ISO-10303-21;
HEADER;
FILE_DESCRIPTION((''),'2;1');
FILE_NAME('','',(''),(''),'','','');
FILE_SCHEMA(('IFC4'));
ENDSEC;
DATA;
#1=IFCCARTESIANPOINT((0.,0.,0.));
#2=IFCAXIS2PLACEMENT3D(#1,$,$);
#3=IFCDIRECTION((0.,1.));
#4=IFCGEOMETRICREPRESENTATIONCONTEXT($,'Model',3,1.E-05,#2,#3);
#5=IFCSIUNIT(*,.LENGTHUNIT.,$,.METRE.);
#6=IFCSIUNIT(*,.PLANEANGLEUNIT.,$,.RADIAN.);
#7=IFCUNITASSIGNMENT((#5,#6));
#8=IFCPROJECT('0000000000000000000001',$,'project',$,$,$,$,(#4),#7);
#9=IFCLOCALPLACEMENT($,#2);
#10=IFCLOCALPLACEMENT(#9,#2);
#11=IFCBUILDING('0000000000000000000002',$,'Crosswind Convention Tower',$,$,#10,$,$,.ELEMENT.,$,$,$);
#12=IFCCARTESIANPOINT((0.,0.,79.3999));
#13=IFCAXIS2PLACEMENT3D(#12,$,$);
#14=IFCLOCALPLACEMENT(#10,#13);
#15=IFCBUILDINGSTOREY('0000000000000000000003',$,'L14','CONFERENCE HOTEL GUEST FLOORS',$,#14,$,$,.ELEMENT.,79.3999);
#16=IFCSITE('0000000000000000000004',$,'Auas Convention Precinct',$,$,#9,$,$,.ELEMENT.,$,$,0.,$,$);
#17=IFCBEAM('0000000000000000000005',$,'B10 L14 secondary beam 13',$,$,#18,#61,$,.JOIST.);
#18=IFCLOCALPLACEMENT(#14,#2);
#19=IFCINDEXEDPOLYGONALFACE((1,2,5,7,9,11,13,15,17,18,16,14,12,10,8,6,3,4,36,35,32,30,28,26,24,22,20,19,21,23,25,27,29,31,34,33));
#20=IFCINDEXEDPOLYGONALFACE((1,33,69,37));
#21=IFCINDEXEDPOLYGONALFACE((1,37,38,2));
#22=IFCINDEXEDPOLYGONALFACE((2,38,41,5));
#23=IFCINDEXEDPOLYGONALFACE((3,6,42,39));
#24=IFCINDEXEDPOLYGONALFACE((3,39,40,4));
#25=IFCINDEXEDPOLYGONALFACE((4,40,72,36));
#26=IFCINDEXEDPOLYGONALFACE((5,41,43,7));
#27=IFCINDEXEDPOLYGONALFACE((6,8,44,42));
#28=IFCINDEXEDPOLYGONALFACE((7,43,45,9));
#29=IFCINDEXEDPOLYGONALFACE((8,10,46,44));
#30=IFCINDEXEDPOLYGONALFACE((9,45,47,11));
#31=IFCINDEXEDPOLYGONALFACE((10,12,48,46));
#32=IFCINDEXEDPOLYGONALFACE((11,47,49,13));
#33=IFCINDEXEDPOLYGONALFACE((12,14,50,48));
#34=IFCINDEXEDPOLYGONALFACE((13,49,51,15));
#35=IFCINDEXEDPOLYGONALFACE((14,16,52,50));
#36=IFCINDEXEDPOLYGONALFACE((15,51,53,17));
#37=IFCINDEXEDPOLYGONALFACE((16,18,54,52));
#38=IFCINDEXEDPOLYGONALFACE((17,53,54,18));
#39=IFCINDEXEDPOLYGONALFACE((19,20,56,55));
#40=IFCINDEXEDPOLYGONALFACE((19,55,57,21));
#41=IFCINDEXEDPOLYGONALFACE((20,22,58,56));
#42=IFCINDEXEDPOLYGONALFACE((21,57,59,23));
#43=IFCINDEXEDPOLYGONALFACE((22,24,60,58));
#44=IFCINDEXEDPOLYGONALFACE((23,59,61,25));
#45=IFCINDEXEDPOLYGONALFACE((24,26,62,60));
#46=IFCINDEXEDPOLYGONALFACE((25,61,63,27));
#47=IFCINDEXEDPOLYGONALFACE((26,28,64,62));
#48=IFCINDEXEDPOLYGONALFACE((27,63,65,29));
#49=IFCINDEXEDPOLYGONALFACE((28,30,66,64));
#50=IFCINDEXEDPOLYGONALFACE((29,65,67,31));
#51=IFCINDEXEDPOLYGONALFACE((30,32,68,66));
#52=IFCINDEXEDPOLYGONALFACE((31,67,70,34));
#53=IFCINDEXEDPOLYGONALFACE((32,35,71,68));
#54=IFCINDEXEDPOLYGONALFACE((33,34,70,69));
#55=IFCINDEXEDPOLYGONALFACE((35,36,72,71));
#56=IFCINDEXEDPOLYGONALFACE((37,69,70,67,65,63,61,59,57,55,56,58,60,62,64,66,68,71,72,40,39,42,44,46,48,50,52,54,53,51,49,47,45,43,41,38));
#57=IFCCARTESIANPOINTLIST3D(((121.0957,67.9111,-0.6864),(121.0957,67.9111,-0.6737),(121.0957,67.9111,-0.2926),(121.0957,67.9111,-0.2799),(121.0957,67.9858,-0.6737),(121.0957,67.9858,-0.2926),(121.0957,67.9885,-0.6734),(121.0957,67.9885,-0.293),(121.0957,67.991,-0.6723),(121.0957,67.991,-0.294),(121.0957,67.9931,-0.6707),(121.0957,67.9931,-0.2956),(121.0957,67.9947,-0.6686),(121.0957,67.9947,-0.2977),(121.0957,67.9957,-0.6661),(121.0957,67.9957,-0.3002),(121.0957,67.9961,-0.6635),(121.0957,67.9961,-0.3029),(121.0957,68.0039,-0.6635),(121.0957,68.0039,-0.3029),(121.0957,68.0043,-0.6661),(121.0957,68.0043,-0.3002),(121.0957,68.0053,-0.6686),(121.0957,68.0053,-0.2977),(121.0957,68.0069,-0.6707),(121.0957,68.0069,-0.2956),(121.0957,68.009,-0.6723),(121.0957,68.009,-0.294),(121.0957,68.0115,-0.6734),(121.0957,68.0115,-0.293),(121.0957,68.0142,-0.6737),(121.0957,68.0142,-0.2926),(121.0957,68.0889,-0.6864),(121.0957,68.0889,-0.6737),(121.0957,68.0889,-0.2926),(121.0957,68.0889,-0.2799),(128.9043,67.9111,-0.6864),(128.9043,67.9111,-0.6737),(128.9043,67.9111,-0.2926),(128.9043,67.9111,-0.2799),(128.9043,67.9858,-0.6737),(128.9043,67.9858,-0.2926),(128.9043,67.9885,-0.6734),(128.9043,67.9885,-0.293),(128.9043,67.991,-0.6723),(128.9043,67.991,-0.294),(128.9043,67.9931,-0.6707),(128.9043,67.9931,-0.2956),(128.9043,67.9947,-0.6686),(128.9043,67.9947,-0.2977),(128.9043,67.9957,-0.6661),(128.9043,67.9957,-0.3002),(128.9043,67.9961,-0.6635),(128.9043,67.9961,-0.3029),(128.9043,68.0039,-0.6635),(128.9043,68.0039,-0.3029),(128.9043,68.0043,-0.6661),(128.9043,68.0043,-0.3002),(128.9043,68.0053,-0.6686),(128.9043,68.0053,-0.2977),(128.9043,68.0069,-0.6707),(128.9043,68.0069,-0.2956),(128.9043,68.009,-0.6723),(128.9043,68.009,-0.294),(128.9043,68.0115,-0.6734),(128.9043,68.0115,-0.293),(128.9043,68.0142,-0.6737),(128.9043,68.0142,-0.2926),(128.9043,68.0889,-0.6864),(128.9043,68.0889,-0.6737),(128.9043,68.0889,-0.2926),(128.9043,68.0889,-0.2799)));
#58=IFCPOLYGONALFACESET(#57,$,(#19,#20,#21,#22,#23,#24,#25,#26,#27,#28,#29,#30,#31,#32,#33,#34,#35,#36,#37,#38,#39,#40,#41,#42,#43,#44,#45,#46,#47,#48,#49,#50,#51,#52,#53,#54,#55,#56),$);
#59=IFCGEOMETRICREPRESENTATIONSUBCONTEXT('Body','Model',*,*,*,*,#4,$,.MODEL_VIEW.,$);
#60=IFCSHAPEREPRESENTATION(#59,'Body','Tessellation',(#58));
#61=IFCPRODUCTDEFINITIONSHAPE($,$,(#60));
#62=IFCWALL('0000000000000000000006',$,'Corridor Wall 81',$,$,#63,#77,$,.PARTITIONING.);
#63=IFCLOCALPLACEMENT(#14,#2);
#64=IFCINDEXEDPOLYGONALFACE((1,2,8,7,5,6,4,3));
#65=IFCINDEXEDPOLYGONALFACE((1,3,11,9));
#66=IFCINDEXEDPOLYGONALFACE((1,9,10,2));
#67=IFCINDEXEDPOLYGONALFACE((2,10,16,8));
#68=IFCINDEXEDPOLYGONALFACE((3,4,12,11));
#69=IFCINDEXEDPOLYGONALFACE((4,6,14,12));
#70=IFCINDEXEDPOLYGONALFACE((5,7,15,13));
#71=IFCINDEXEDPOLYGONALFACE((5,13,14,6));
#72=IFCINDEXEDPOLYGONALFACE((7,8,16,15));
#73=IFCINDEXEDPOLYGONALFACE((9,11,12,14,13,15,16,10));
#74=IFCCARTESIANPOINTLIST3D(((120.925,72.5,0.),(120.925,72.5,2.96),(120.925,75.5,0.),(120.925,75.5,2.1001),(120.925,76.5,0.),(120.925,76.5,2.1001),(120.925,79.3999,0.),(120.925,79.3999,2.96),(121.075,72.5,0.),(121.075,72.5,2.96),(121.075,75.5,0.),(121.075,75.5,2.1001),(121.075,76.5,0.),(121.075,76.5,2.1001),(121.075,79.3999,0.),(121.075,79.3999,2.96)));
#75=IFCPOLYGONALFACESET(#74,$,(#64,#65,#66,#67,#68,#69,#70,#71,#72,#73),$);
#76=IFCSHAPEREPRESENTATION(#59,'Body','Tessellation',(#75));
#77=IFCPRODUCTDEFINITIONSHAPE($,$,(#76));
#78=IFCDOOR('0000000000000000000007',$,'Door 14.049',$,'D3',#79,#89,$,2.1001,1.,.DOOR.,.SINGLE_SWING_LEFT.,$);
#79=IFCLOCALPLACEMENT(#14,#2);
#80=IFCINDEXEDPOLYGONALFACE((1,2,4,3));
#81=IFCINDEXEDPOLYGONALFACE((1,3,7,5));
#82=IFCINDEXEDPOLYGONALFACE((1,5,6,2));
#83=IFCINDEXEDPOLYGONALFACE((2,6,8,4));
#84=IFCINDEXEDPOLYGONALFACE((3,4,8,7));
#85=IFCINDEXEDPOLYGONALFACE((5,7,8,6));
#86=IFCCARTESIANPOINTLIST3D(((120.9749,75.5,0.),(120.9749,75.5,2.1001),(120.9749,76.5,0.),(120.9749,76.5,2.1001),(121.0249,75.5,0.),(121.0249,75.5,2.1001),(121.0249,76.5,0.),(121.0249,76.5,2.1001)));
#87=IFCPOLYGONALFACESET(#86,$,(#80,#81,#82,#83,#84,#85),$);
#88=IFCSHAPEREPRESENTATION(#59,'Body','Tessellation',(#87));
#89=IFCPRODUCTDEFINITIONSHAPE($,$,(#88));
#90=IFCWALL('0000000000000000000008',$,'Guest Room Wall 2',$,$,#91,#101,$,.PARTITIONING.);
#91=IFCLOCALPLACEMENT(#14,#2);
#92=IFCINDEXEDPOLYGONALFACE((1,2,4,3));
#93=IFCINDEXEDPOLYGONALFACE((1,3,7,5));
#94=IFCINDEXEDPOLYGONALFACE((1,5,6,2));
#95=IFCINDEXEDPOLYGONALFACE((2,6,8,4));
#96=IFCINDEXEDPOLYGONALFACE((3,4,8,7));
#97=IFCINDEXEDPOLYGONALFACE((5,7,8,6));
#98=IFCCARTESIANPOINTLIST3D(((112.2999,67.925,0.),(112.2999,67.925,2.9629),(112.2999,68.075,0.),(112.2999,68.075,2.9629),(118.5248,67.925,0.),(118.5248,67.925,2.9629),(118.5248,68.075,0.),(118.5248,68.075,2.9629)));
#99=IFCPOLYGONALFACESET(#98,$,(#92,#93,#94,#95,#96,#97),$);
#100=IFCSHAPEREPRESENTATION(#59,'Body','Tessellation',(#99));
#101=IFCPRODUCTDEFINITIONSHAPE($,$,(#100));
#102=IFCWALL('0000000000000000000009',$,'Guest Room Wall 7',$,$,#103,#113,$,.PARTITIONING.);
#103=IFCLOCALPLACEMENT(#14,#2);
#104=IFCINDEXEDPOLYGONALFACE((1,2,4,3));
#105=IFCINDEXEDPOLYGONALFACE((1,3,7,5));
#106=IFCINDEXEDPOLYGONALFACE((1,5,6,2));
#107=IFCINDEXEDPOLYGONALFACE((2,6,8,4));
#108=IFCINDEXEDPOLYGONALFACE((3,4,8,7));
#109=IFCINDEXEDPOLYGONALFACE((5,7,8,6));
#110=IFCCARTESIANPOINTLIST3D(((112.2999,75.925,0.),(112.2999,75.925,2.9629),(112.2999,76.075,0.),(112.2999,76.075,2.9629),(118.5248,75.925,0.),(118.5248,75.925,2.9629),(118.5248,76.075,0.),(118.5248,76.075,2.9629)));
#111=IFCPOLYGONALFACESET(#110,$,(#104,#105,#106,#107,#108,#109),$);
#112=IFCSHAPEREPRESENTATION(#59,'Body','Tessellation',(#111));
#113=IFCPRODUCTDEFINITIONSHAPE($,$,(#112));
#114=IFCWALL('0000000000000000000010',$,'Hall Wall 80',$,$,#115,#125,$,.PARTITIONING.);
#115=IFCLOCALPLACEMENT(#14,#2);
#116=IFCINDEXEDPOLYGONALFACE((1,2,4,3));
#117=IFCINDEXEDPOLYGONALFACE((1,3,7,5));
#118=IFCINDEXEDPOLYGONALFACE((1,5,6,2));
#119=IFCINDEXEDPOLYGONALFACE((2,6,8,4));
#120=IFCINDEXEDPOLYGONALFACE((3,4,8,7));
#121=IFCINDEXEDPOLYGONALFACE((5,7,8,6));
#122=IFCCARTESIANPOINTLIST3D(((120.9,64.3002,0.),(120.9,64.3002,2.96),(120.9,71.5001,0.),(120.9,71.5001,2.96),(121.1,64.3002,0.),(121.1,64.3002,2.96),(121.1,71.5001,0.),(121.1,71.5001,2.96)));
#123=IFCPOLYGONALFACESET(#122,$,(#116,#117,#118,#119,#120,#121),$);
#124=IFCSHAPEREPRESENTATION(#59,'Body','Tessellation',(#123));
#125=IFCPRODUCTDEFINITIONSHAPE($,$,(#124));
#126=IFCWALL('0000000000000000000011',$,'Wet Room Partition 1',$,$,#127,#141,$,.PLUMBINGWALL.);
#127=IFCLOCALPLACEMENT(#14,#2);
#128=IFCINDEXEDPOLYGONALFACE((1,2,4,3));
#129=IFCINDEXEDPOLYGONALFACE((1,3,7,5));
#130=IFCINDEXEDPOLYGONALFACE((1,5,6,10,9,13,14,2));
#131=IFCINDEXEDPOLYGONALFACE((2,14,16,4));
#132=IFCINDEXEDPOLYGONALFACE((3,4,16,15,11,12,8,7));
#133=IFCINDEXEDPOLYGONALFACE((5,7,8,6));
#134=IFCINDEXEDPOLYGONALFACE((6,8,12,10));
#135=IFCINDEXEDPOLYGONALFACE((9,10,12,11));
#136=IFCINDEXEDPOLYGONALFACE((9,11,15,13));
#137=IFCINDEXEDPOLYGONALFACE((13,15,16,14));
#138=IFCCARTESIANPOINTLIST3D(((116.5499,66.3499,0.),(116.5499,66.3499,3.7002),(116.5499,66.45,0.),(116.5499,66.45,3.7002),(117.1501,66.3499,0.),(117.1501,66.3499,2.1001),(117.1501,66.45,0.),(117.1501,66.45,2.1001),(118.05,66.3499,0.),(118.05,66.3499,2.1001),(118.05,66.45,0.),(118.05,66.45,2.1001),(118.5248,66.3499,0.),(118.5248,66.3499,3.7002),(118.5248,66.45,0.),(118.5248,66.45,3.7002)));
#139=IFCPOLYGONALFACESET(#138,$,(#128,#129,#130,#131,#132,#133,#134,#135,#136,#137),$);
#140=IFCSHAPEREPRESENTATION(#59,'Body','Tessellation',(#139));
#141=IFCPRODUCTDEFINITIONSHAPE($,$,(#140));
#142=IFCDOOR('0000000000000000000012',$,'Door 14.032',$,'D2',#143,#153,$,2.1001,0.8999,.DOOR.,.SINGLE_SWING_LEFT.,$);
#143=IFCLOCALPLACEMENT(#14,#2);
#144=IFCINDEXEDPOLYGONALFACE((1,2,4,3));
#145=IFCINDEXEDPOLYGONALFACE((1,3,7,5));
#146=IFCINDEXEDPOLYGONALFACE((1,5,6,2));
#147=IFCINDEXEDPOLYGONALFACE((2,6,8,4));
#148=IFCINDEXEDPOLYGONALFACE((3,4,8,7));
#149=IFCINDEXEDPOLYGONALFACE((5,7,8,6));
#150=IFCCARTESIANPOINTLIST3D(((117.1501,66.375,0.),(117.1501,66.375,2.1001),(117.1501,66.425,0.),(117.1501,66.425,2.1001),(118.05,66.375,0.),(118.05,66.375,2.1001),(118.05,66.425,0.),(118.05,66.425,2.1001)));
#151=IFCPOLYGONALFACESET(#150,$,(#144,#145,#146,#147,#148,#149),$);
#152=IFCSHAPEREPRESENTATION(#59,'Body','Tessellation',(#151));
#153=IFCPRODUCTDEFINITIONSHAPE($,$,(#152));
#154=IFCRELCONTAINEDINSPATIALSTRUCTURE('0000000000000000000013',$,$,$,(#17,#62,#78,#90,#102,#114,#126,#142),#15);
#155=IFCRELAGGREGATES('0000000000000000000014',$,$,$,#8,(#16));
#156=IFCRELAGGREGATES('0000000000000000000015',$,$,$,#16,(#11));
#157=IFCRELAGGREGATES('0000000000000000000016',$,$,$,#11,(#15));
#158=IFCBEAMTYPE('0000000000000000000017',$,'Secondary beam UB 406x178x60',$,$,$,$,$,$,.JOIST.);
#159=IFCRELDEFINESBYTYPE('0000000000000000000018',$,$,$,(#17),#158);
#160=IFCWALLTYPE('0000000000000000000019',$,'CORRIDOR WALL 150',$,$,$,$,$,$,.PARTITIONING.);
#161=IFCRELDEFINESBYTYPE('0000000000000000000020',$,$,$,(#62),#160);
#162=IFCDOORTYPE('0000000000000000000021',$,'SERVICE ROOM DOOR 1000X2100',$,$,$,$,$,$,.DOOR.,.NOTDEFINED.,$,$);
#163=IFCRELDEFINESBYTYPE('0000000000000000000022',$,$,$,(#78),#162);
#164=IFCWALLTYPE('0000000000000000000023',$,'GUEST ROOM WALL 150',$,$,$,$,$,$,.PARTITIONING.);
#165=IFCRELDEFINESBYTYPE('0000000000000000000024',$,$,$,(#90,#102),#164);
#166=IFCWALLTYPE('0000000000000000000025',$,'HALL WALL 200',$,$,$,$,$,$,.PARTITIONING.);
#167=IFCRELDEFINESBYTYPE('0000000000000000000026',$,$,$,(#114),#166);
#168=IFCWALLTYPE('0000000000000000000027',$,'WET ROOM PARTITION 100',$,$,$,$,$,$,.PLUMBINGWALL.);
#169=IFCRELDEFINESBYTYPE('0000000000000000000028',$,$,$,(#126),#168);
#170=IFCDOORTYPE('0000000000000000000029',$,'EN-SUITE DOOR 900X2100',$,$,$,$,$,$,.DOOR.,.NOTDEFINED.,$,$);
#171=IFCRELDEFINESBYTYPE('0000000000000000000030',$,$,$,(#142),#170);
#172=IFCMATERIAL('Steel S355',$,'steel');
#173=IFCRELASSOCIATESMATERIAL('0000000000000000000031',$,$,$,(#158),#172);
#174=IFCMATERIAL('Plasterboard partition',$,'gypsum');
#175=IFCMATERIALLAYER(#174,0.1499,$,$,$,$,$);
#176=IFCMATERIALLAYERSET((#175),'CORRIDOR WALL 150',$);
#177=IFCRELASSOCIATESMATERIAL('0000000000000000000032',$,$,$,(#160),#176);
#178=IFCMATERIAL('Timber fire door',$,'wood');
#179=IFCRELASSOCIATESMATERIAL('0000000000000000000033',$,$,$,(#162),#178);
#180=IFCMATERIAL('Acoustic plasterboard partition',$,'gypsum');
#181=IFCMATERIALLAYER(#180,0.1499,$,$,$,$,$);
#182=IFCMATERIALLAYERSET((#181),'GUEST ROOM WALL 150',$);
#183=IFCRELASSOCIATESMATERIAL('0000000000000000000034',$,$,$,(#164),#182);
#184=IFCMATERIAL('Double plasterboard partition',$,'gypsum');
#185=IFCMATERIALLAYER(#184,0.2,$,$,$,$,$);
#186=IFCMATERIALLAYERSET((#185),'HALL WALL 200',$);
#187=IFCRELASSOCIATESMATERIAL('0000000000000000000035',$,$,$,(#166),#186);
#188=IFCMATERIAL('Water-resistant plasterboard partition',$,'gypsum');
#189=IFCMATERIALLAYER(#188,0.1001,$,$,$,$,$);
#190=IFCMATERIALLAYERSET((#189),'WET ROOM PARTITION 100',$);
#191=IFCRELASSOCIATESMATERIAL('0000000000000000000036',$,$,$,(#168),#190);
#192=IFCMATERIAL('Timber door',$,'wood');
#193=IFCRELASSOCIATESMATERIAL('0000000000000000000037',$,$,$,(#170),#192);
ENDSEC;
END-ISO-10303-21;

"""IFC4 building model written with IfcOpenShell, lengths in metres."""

from ifc_helpers import new_model, si_unit, direction, frame, frame_2d, origin, origin_2d, place, context, subcontext, project, spatial, rectangle, i_section, extrude, material, layer, layer_set, material_profile, profile_set, type_object, element, fill, save


model = new_model("IFC4")

# Units and contexts
model_context = context("Model", 3, precision=1e-05, world=origin(), true_north=direction((0.0, 1.0)))
body_context = subcontext(model_context, "Body", "Model", "MODEL_VIEW")
ifc_project = project(units=[si_unit("LENGTHUNIT", "METRE"), si_unit("PLANEANGLEUNIT", "RADIAN")], contexts=[model_context])

# Site, building, storey
site_placement = place(None, origin())
site = spatial("IfcSite", under=ifc_project, at=site_placement, Name="Auas Convention Precinct", CompositionType="ELEMENT", RefElevation=0.0)
building_placement = place(site_placement, origin())
building = spatial("IfcBuilding", under=site, at=building_placement, Name="Crosswind Convention Tower", CompositionType="ELEMENT")
storey_placement = place(building_placement, frame((0.0, 0.0, 79.3999)))
storey = spatial("IfcBuildingStorey", under=building, at=storey_placement, Name="L14", Description="CONFERENCE HOTEL GUEST FLOORS", CompositionType="ELEMENT", Elevation=79.3999)

# Beam
ifc_material_1 = material(Name="Steel S355", Category="steel")
ifc_material_profile_1 = material_profile(ifc_material_1, i_section(OverallWidth=0.1777, OverallDepth=0.4065, WebThickness=0.0078, FlangeThickness=0.0127, FilletRadius=0.0103, at=origin_2d()), Name="UB 406x178x60")
ifc_profile_set_1 = profile_set([ifc_material_profile_1], Name="Steel S355")
beam_type_1 = type_object("IfcBeamType", Name="Secondary beam UB 406x178x60", PredefinedType="JOIST", material=ifc_profile_set_1)
beam_1_placement = place(storey_placement, frame((121.0957, 68.0, -0.4832), z_axis=(1.0, 0.0, 0.0), x_axis=(0.0, 1.0, 0.0)))
element("IfcBeam", 1, at=beam_1_placement, inside=storey, type_object=beam_type_1, Name="B10 L14 secondary beam 13", PredefinedType="JOIST", context=body_context, shape_type="SweptSolid", body=[
    extrude(i_section(OverallWidth=0.1777, OverallDepth=0.4065, WebThickness=0.0078, FlangeThickness=0.0127, FilletRadius=0.0103, at=origin_2d()), origin(), (0.0, 0.0, 1.0), 7.8086),
])

# Wall, opening, door
ifc_material_2 = material(Name="Plasterboard partition", Category="gypsum")
ifc_layer_1 = layer(ifc_material_2, 0.1499)
ifc_layer_set_1 = layer_set([ifc_layer_1], Name="CORRIDOR WALL 150")
wall_type_1 = type_object("IfcWallType", Name="CORRIDOR WALL 150", PredefinedType="PARTITIONING", material=ifc_layer_set_1)
wall_1_placement = place(storey_placement, frame((121.0, 72.5, 0.0), z_axis=(0.0, 0.0, 1.0), x_axis=(0.0, 1.0, 0.0)))
wall_1 = element("IfcWall", 2, at=wall_1_placement, inside=storey, type_object=wall_type_1, Name="Corridor Wall 81", PredefinedType="PARTITIONING", context=body_context, shape_type="SweptSolid", body=[
    extrude(rectangle(XDim=6.8999, YDim=0.1499, at=frame_2d((3.45, 0.0))), origin(), (0.0, 0.0, 1.0), 2.96),
])
opening_1_placement = place(wall_1_placement, frame((3.0, 0.0, 0.0)))
opening_1 = element("IfcOpeningElement", 3, at=opening_1_placement, cuts=wall_1, PredefinedType="OPENING", context=body_context, shape_type="SweptSolid", body=[
    extrude(rectangle(XDim=1.0, YDim=2.1001, at=frame_2d((0.5, 1.05))), frame((0.0, 0.085, 0.0), z_axis=(0.0, -1.0, 0.0), x_axis=(1.0, 0.0, 0.0)), (0.0, 0.0, 1.0), 0.1699),
])
ifc_material_3 = material(Name="Timber fire door", Category="wood")
door_type_1 = type_object("IfcDoorType", Name="SERVICE ROOM DOOR 1000X2100", OperationType="NOTDEFINED", PredefinedType="DOOR", material=ifc_material_3)
door_1_placement = place(opening_1_placement, frame((1.0, 0.0, 0.0), z_axis=(0.0, 0.0, 1.0), x_axis=(-1.0, 0.0, 0.0)))
door_1 = element("IfcDoor", 4, at=door_1_placement, inside=storey, type_object=door_type_1, Name="Door 14.049", ObjectType="D3", OperationType="SINGLE_SWING_LEFT", OverallHeight=2.1001, OverallWidth=1.0, PredefinedType="DOOR", context=body_context, shape_type="SweptSolid", body=[
    extrude(rectangle(XDim=1.0, YDim=2.1001, at=frame_2d((0.5, 1.05))), frame((0.0, 0.0249, 0.0), z_axis=(0.0, -1.0, 0.0), x_axis=(1.0, 0.0, 0.0)), (0.0, 0.0, 1.0), 0.05),
])
fill(opening_1, door_1)

# Walls
ifc_material_4 = material(Name="Acoustic plasterboard partition", Category="gypsum")
ifc_layer_2 = layer(ifc_material_4, 0.1499)
ifc_layer_set_2 = layer_set([ifc_layer_2], Name="GUEST ROOM WALL 150")
wall_type_2 = type_object("IfcWallType", Name="GUEST ROOM WALL 150", PredefinedType="PARTITIONING", material=ifc_layer_set_2)
for number, where, z_axis, x_axis, name in (
    (5, (112.3, 68.0, 0.0), (0.0, 0.0, 1.0), (1.0, 0.0, 0.0), "Guest Room Wall 2"),
    (6, (112.3, 76.0, 0.0), (0.0, 0.0, 1.0), (1.0, 0.0, 0.0), "Guest Room Wall 7"),
):
    element("IfcWall", number, at=place(storey_placement, frame(where, z_axis=z_axis, x_axis=x_axis)), inside=storey, type_object=wall_type_2, Name=name, PredefinedType="PARTITIONING", context=body_context, shape_type="SweptSolid", body=[
        extrude(rectangle(XDim=6.2249, YDim=0.1499, at=frame_2d((3.1123, 0.0))), origin(), (0.0, 0.0, 1.0), 2.9629),
    ])
ifc_material_5 = material(Name="Double plasterboard partition", Category="gypsum")
ifc_layer_3 = layer(ifc_material_5, 0.2)
ifc_layer_set_3 = layer_set([ifc_layer_3], Name="HALL WALL 200")
wall_type_3 = type_object("IfcWallType", Name="HALL WALL 200", PredefinedType="PARTITIONING", material=ifc_layer_set_3)
wall_2_placement = place(storey_placement, frame((121.0, 64.3, 0.0), z_axis=(0.0, 0.0, 1.0), x_axis=(0.0, 1.0, 0.0)))
element("IfcWall", 7, at=wall_2_placement, inside=storey, type_object=wall_type_3, Name="Hall Wall 80", PredefinedType="PARTITIONING", context=body_context, shape_type="SweptSolid", body=[
    extrude(rectangle(XDim=7.2, YDim=0.2, at=frame_2d((3.6001, 0.0))), origin(), (0.0, 0.0, 1.0), 2.96),
])

# Wall, opening, door
ifc_material_6 = material(Name="Water-resistant plasterboard partition", Category="gypsum")
ifc_layer_4 = layer(ifc_material_6, 0.1001)
ifc_layer_set_4 = layer_set([ifc_layer_4], Name="WET ROOM PARTITION 100")
wall_type_4 = type_object("IfcWallType", Name="WET ROOM PARTITION 100", PredefinedType="PLUMBINGWALL", material=ifc_layer_set_4)
wall_3_placement = place(storey_placement, frame((116.55, 66.3999, 0.0), z_axis=(0.0, 0.0, 1.0), x_axis=(1.0, 0.0, 0.0)))
wall_3 = element("IfcWall", 8, at=wall_3_placement, inside=storey, type_object=wall_type_4, Name="Wet Room Partition 1", PredefinedType="PLUMBINGWALL", context=body_context, shape_type="SweptSolid", body=[
    extrude(rectangle(XDim=1.9749, YDim=0.1001, at=frame_2d((0.9873, 0.0))), origin(), (0.0, 0.0, 1.0), 3.7002),
])
opening_2_placement = place(wall_3_placement, frame((0.6001, 0.0, 0.0)))
opening_2 = element("IfcOpeningElement", 9, at=opening_2_placement, cuts=wall_3, PredefinedType="OPENING", context=body_context, shape_type="SweptSolid", body=[
    extrude(rectangle(XDim=0.8999, YDim=2.1001, at=frame_2d((0.45, 1.05))), frame((0.0, 0.0601, 0.0), z_axis=(0.0, -1.0, 0.0), x_axis=(1.0, 0.0, 0.0)), (0.0, 0.0, 1.0), 0.1201),
])
ifc_material_7 = material(Name="Timber door", Category="wood")
door_type_2 = type_object("IfcDoorType", Name="EN-SUITE DOOR 900X2100", OperationType="NOTDEFINED", PredefinedType="DOOR", material=ifc_material_7)
door_2_placement = place(opening_2_placement, frame((0.8999, 0.0, 0.0), z_axis=(0.0, 0.0, 1.0), x_axis=(-1.0, 0.0, 0.0)))
door_2 = element("IfcDoor", 10, at=door_2_placement, inside=storey, type_object=door_type_2, Name="Door 14.032", ObjectType="D2", OperationType="SINGLE_SWING_LEFT", OverallHeight=2.1001, OverallWidth=0.8999, PredefinedType="DOOR", context=body_context, shape_type="SweptSolid", body=[
    extrude(rectangle(XDim=0.8999, YDim=2.1001, at=frame_2d((0.45, 1.05))), frame((0.0, 0.0249, 0.0), z_axis=(0.0, -1.0, 0.0), x_axis=(1.0, 0.0, 0.0)), (0.0, 0.0, 1.0), 0.05),
])
fill(opening_2, door_2)

save(model, "model.ifc")
